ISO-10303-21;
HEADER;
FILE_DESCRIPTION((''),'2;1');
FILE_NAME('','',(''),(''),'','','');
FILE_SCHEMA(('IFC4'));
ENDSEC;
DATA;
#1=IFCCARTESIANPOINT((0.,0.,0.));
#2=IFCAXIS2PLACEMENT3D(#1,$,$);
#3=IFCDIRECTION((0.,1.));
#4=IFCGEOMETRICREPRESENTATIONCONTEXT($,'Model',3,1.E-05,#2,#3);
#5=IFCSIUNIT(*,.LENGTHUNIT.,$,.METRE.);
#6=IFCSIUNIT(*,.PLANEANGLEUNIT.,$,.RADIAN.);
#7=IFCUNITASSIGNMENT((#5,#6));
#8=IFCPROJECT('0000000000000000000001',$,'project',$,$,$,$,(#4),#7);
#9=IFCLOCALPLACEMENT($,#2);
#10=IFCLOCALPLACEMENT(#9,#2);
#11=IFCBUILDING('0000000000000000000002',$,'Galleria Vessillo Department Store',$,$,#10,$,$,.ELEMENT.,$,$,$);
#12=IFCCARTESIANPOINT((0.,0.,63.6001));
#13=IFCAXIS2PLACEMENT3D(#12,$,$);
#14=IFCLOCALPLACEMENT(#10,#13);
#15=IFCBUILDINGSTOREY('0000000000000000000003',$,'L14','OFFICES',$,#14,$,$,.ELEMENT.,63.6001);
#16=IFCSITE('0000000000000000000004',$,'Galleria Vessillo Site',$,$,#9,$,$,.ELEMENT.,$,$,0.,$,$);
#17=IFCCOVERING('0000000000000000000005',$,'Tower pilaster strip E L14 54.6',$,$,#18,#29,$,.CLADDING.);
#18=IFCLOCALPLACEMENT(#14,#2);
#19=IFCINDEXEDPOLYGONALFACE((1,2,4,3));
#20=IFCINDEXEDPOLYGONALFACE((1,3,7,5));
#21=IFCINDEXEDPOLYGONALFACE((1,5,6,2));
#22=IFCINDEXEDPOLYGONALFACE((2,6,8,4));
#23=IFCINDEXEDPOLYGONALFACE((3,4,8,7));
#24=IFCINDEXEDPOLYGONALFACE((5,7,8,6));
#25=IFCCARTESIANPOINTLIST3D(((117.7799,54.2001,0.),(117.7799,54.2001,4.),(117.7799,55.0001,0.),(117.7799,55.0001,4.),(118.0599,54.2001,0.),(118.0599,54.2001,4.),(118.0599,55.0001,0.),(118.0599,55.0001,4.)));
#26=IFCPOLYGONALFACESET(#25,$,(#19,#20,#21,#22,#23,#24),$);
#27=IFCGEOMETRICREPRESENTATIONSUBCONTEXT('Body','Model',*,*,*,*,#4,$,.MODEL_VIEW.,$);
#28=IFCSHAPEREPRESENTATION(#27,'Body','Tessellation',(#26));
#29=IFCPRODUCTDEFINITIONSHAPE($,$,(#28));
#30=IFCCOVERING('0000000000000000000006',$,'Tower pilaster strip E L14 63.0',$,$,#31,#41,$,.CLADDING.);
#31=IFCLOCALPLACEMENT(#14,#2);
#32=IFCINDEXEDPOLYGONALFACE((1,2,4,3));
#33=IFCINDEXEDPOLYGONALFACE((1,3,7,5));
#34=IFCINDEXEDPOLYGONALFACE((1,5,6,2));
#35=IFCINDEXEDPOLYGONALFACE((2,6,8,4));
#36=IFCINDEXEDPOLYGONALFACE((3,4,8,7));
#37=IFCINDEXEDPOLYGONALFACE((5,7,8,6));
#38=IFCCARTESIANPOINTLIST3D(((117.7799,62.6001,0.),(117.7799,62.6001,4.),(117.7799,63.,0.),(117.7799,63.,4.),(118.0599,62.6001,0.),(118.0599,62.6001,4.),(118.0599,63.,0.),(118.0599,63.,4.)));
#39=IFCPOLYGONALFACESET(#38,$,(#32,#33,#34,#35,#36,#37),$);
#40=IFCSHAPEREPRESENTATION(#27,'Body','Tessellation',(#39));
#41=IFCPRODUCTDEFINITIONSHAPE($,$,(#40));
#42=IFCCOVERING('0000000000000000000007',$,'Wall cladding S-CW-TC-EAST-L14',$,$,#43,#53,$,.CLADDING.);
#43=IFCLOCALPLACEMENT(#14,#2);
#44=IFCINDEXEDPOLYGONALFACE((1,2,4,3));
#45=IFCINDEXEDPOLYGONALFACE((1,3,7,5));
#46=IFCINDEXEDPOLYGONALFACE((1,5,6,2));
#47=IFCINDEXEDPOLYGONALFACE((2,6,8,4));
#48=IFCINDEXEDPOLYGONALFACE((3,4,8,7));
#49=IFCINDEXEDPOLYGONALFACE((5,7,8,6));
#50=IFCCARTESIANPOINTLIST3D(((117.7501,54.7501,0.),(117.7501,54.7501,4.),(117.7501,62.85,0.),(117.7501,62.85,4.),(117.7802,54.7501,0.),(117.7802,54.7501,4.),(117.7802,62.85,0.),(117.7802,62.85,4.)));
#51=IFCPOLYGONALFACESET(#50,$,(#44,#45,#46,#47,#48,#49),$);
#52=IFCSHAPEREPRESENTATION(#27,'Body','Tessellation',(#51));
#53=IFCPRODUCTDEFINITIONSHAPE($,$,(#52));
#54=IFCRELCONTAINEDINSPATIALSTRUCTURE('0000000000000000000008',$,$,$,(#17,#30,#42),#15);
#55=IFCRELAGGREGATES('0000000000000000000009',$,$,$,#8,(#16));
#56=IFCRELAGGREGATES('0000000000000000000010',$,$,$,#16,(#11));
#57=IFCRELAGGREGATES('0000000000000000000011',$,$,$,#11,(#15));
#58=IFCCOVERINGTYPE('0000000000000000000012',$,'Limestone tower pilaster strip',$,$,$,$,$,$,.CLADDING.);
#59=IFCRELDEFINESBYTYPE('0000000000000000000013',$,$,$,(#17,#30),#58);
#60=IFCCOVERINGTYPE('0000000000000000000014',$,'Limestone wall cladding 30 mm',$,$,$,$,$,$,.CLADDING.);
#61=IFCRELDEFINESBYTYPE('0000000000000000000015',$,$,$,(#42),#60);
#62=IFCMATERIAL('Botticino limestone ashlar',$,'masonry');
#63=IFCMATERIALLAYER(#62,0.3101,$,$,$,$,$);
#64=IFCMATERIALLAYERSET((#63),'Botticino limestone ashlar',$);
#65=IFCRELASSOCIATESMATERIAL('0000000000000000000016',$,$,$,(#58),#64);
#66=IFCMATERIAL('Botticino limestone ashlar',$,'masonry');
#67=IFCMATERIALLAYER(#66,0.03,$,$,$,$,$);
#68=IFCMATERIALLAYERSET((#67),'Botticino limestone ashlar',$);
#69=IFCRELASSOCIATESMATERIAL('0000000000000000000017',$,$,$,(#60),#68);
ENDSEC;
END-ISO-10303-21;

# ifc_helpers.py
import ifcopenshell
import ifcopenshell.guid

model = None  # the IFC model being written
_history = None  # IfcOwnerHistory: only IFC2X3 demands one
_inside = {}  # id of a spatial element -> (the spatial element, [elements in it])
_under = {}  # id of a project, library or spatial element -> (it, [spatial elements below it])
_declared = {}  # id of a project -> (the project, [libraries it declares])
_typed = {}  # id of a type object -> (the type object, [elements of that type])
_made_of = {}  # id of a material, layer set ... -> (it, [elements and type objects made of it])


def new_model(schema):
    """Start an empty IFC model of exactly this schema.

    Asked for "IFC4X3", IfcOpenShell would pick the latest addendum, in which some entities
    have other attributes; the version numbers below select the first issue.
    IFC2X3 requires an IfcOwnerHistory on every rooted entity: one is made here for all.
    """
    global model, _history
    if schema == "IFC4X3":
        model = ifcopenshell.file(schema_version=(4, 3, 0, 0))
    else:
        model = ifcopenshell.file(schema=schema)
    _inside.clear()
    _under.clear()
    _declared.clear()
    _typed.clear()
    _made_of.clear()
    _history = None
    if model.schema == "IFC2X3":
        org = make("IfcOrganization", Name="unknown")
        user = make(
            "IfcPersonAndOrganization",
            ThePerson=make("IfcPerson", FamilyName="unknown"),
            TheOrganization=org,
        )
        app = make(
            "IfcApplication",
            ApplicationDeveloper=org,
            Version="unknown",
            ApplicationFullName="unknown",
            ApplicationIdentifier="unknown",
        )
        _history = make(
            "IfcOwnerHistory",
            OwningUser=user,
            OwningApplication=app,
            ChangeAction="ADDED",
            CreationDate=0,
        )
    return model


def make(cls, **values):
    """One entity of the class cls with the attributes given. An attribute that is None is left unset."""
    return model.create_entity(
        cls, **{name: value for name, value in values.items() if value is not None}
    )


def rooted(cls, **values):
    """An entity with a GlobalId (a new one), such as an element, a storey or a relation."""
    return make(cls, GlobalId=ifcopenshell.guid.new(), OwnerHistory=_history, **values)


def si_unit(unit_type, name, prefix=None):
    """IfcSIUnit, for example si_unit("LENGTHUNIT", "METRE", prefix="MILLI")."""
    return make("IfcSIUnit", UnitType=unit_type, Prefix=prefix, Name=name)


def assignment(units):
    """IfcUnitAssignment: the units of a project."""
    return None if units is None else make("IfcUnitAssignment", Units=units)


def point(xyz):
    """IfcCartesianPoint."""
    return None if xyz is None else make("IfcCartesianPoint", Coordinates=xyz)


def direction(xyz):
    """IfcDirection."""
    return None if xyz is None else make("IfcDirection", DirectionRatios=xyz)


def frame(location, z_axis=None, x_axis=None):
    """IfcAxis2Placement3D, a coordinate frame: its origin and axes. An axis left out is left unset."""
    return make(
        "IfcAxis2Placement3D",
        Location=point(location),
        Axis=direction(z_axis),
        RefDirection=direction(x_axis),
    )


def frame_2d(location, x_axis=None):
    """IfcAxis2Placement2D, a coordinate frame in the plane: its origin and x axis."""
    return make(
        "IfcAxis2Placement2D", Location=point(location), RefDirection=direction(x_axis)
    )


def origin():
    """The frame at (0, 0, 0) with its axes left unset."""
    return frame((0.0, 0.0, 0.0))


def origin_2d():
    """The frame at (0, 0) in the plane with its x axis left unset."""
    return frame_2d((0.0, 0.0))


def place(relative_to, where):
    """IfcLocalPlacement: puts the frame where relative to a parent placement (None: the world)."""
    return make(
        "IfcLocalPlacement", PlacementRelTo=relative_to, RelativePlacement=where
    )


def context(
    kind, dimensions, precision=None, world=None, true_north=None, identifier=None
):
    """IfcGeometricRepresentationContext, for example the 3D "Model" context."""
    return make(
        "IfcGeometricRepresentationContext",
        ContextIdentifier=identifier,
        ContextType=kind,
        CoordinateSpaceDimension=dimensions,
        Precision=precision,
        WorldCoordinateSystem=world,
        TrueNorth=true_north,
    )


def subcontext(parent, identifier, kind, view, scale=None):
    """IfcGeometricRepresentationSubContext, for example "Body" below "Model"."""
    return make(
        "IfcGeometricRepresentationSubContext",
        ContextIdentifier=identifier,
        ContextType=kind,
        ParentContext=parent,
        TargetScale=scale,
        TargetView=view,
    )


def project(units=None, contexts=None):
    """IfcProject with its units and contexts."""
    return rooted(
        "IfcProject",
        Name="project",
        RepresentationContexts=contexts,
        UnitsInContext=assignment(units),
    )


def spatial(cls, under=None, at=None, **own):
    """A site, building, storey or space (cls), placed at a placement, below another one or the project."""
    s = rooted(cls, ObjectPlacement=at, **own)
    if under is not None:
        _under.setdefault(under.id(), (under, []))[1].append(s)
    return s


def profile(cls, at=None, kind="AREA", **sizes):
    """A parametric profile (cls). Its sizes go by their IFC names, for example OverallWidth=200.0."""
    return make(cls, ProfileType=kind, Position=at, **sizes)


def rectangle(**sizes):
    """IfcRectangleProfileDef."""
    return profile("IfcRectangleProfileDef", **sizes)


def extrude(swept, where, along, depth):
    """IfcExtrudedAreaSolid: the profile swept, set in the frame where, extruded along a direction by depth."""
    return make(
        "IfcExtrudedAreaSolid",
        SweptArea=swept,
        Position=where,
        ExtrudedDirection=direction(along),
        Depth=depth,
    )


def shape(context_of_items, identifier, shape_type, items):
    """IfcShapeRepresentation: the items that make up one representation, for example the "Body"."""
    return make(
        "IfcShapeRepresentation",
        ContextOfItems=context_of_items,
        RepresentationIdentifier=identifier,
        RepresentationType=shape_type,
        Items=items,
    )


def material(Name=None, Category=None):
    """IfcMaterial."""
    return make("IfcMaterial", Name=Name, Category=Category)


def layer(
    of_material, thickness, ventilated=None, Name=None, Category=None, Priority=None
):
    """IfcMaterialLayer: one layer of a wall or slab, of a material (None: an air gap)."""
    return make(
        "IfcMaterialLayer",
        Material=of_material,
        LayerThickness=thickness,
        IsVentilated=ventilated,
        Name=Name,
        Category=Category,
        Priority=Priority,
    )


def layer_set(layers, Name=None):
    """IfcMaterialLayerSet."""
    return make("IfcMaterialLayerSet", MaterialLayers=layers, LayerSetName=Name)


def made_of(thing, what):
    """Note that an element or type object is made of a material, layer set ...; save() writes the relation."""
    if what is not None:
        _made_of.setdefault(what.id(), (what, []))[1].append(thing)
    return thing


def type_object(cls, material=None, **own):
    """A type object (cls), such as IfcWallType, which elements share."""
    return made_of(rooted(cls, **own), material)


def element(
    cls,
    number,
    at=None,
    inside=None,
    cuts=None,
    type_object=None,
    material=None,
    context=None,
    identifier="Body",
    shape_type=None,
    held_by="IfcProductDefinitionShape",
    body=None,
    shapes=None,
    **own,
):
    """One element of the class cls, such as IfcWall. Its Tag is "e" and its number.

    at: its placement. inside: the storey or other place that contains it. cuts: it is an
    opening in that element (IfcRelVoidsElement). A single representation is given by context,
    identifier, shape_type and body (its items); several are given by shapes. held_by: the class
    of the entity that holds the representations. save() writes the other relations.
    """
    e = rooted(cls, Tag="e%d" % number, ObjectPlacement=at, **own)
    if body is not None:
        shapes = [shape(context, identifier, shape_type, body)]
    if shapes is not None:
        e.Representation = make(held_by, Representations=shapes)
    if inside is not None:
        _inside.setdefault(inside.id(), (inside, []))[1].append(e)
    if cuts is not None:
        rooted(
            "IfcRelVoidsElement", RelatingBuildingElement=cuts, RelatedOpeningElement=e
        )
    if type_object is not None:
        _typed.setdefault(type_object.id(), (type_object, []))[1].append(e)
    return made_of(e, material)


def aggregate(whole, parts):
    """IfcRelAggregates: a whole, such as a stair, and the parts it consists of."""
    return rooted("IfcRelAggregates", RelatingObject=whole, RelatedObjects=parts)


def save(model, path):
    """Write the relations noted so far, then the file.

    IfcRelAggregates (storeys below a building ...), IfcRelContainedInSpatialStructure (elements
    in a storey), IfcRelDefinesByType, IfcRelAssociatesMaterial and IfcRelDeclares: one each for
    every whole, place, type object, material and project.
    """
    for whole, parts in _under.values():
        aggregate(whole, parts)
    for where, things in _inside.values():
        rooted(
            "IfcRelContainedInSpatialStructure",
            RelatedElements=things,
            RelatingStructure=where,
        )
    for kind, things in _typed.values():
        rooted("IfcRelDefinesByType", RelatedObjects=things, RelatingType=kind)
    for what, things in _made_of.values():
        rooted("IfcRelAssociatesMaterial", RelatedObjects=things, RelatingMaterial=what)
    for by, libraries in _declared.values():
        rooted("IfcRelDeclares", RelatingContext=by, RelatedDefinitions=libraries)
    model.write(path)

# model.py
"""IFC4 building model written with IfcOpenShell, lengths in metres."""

from ifc_helpers import new_model, si_unit, direction, frame, origin, origin_2d, place, context, subcontext, project, spatial, rectangle, extrude, material, layer, layer_set, type_object, element, save


model = new_model("IFC4")

# Units and contexts
model_context = context("Model", 3, precision=1e-05, world=origin(), true_north=direction((0.0, 1.0)))
body_context = subcontext(model_context, "Body", "Model", "MODEL_VIEW")
ifc_project = project(units=[si_unit("LENGTHUNIT", "METRE"), si_unit("PLANEANGLEUNIT", "RADIAN")], contexts=[model_context])

# Site, building, storey
site_placement = place(None, origin())
site = spatial("IfcSite", under=ifc_project, at=site_placement, Name="Galleria Vessillo Site", CompositionType="ELEMENT", RefElevation=0.0)
building_placement = place(site_placement, origin())
building = spatial("IfcBuilding", under=site, at=building_placement, Name="Galleria Vessillo Department Store", CompositionType="ELEMENT")
storey_placement = place(building_placement, frame((0.0, 0.0, 63.6001)))
storey = spatial("IfcBuildingStorey", under=building, at=storey_placement, Name="L14", Description="OFFICES", CompositionType="ELEMENT", Elevation=63.6001)

# Coverings
ifc_material_1 = material(Name="Botticino limestone ashlar", Category="masonry")
ifc_layer_1 = layer(ifc_material_1, 0.3101)
ifc_layer_set_1 = layer_set([ifc_layer_1], Name="Botticino limestone ashlar")
covering_type_1 = type_object("IfcCoveringType", Name="Limestone tower pilaster strip", PredefinedType="CLADDING", material=ifc_layer_set_1)
covering_1_placement = place(storey_placement, frame((117.9199, 54.6001, 0.0), z_axis=(0.0, 0.0, 1.0), x_axis=(1.0, 0.0, 0.0)))
element("IfcCovering", 1, at=covering_1_placement, inside=storey, type_object=covering_type_1, Name="Tower pilaster strip E L14 54.6", PredefinedType="CLADDING", context=body_context, shape_type="SweptSolid", body=[
    extrude(rectangle(XDim=0.28, YDim=0.8, at=origin_2d()), origin(), (0.0, 0.0, 1.0), 4.0),
])
covering_2_placement = place(storey_placement, frame((117.9199, 62.8, 0.0), z_axis=(0.0, 0.0, 1.0), x_axis=(1.0, 0.0, 0.0)))
element("IfcCovering", 2, at=covering_2_placement, inside=storey, type_object=covering_type_1, Name="Tower pilaster strip E L14 63.0", PredefinedType="CLADDING", context=body_context, shape_type="SweptSolid", body=[
    extrude(rectangle(XDim=0.28, YDim=0.3999, at=origin_2d()), origin(), (0.0, 0.0, 1.0), 4.0),
])
ifc_material_2 = material(Name="Botticino limestone ashlar", Category="masonry")
ifc_layer_2 = layer(ifc_material_2, 0.03)
ifc_layer_set_2 = layer_set([ifc_layer_2], Name="Botticino limestone ashlar")
covering_type_2 = type_object("IfcCoveringType", Name="Limestone wall cladding 30 mm", PredefinedType="CLADDING", material=ifc_layer_set_2)
covering_3_placement = place(storey_placement, frame((117.7651, 58.8, 0.0), z_axis=(0.0, 0.0, 1.0), x_axis=(1.0, 0.0, 0.0)))
element("IfcCovering", 3, at=covering_3_placement, inside=storey, type_object=covering_type_2, Name="Wall cladding S-CW-TC-EAST-L14", PredefinedType="CLADDING", context=body_context, shape_type="SweptSolid", body=[
    extrude(rectangle(XDim=0.03, YDim=8.0999, at=origin_2d()), origin(), (0.0, 0.0, 1.0), 4.0),
])

save(model, "model.ifc")
